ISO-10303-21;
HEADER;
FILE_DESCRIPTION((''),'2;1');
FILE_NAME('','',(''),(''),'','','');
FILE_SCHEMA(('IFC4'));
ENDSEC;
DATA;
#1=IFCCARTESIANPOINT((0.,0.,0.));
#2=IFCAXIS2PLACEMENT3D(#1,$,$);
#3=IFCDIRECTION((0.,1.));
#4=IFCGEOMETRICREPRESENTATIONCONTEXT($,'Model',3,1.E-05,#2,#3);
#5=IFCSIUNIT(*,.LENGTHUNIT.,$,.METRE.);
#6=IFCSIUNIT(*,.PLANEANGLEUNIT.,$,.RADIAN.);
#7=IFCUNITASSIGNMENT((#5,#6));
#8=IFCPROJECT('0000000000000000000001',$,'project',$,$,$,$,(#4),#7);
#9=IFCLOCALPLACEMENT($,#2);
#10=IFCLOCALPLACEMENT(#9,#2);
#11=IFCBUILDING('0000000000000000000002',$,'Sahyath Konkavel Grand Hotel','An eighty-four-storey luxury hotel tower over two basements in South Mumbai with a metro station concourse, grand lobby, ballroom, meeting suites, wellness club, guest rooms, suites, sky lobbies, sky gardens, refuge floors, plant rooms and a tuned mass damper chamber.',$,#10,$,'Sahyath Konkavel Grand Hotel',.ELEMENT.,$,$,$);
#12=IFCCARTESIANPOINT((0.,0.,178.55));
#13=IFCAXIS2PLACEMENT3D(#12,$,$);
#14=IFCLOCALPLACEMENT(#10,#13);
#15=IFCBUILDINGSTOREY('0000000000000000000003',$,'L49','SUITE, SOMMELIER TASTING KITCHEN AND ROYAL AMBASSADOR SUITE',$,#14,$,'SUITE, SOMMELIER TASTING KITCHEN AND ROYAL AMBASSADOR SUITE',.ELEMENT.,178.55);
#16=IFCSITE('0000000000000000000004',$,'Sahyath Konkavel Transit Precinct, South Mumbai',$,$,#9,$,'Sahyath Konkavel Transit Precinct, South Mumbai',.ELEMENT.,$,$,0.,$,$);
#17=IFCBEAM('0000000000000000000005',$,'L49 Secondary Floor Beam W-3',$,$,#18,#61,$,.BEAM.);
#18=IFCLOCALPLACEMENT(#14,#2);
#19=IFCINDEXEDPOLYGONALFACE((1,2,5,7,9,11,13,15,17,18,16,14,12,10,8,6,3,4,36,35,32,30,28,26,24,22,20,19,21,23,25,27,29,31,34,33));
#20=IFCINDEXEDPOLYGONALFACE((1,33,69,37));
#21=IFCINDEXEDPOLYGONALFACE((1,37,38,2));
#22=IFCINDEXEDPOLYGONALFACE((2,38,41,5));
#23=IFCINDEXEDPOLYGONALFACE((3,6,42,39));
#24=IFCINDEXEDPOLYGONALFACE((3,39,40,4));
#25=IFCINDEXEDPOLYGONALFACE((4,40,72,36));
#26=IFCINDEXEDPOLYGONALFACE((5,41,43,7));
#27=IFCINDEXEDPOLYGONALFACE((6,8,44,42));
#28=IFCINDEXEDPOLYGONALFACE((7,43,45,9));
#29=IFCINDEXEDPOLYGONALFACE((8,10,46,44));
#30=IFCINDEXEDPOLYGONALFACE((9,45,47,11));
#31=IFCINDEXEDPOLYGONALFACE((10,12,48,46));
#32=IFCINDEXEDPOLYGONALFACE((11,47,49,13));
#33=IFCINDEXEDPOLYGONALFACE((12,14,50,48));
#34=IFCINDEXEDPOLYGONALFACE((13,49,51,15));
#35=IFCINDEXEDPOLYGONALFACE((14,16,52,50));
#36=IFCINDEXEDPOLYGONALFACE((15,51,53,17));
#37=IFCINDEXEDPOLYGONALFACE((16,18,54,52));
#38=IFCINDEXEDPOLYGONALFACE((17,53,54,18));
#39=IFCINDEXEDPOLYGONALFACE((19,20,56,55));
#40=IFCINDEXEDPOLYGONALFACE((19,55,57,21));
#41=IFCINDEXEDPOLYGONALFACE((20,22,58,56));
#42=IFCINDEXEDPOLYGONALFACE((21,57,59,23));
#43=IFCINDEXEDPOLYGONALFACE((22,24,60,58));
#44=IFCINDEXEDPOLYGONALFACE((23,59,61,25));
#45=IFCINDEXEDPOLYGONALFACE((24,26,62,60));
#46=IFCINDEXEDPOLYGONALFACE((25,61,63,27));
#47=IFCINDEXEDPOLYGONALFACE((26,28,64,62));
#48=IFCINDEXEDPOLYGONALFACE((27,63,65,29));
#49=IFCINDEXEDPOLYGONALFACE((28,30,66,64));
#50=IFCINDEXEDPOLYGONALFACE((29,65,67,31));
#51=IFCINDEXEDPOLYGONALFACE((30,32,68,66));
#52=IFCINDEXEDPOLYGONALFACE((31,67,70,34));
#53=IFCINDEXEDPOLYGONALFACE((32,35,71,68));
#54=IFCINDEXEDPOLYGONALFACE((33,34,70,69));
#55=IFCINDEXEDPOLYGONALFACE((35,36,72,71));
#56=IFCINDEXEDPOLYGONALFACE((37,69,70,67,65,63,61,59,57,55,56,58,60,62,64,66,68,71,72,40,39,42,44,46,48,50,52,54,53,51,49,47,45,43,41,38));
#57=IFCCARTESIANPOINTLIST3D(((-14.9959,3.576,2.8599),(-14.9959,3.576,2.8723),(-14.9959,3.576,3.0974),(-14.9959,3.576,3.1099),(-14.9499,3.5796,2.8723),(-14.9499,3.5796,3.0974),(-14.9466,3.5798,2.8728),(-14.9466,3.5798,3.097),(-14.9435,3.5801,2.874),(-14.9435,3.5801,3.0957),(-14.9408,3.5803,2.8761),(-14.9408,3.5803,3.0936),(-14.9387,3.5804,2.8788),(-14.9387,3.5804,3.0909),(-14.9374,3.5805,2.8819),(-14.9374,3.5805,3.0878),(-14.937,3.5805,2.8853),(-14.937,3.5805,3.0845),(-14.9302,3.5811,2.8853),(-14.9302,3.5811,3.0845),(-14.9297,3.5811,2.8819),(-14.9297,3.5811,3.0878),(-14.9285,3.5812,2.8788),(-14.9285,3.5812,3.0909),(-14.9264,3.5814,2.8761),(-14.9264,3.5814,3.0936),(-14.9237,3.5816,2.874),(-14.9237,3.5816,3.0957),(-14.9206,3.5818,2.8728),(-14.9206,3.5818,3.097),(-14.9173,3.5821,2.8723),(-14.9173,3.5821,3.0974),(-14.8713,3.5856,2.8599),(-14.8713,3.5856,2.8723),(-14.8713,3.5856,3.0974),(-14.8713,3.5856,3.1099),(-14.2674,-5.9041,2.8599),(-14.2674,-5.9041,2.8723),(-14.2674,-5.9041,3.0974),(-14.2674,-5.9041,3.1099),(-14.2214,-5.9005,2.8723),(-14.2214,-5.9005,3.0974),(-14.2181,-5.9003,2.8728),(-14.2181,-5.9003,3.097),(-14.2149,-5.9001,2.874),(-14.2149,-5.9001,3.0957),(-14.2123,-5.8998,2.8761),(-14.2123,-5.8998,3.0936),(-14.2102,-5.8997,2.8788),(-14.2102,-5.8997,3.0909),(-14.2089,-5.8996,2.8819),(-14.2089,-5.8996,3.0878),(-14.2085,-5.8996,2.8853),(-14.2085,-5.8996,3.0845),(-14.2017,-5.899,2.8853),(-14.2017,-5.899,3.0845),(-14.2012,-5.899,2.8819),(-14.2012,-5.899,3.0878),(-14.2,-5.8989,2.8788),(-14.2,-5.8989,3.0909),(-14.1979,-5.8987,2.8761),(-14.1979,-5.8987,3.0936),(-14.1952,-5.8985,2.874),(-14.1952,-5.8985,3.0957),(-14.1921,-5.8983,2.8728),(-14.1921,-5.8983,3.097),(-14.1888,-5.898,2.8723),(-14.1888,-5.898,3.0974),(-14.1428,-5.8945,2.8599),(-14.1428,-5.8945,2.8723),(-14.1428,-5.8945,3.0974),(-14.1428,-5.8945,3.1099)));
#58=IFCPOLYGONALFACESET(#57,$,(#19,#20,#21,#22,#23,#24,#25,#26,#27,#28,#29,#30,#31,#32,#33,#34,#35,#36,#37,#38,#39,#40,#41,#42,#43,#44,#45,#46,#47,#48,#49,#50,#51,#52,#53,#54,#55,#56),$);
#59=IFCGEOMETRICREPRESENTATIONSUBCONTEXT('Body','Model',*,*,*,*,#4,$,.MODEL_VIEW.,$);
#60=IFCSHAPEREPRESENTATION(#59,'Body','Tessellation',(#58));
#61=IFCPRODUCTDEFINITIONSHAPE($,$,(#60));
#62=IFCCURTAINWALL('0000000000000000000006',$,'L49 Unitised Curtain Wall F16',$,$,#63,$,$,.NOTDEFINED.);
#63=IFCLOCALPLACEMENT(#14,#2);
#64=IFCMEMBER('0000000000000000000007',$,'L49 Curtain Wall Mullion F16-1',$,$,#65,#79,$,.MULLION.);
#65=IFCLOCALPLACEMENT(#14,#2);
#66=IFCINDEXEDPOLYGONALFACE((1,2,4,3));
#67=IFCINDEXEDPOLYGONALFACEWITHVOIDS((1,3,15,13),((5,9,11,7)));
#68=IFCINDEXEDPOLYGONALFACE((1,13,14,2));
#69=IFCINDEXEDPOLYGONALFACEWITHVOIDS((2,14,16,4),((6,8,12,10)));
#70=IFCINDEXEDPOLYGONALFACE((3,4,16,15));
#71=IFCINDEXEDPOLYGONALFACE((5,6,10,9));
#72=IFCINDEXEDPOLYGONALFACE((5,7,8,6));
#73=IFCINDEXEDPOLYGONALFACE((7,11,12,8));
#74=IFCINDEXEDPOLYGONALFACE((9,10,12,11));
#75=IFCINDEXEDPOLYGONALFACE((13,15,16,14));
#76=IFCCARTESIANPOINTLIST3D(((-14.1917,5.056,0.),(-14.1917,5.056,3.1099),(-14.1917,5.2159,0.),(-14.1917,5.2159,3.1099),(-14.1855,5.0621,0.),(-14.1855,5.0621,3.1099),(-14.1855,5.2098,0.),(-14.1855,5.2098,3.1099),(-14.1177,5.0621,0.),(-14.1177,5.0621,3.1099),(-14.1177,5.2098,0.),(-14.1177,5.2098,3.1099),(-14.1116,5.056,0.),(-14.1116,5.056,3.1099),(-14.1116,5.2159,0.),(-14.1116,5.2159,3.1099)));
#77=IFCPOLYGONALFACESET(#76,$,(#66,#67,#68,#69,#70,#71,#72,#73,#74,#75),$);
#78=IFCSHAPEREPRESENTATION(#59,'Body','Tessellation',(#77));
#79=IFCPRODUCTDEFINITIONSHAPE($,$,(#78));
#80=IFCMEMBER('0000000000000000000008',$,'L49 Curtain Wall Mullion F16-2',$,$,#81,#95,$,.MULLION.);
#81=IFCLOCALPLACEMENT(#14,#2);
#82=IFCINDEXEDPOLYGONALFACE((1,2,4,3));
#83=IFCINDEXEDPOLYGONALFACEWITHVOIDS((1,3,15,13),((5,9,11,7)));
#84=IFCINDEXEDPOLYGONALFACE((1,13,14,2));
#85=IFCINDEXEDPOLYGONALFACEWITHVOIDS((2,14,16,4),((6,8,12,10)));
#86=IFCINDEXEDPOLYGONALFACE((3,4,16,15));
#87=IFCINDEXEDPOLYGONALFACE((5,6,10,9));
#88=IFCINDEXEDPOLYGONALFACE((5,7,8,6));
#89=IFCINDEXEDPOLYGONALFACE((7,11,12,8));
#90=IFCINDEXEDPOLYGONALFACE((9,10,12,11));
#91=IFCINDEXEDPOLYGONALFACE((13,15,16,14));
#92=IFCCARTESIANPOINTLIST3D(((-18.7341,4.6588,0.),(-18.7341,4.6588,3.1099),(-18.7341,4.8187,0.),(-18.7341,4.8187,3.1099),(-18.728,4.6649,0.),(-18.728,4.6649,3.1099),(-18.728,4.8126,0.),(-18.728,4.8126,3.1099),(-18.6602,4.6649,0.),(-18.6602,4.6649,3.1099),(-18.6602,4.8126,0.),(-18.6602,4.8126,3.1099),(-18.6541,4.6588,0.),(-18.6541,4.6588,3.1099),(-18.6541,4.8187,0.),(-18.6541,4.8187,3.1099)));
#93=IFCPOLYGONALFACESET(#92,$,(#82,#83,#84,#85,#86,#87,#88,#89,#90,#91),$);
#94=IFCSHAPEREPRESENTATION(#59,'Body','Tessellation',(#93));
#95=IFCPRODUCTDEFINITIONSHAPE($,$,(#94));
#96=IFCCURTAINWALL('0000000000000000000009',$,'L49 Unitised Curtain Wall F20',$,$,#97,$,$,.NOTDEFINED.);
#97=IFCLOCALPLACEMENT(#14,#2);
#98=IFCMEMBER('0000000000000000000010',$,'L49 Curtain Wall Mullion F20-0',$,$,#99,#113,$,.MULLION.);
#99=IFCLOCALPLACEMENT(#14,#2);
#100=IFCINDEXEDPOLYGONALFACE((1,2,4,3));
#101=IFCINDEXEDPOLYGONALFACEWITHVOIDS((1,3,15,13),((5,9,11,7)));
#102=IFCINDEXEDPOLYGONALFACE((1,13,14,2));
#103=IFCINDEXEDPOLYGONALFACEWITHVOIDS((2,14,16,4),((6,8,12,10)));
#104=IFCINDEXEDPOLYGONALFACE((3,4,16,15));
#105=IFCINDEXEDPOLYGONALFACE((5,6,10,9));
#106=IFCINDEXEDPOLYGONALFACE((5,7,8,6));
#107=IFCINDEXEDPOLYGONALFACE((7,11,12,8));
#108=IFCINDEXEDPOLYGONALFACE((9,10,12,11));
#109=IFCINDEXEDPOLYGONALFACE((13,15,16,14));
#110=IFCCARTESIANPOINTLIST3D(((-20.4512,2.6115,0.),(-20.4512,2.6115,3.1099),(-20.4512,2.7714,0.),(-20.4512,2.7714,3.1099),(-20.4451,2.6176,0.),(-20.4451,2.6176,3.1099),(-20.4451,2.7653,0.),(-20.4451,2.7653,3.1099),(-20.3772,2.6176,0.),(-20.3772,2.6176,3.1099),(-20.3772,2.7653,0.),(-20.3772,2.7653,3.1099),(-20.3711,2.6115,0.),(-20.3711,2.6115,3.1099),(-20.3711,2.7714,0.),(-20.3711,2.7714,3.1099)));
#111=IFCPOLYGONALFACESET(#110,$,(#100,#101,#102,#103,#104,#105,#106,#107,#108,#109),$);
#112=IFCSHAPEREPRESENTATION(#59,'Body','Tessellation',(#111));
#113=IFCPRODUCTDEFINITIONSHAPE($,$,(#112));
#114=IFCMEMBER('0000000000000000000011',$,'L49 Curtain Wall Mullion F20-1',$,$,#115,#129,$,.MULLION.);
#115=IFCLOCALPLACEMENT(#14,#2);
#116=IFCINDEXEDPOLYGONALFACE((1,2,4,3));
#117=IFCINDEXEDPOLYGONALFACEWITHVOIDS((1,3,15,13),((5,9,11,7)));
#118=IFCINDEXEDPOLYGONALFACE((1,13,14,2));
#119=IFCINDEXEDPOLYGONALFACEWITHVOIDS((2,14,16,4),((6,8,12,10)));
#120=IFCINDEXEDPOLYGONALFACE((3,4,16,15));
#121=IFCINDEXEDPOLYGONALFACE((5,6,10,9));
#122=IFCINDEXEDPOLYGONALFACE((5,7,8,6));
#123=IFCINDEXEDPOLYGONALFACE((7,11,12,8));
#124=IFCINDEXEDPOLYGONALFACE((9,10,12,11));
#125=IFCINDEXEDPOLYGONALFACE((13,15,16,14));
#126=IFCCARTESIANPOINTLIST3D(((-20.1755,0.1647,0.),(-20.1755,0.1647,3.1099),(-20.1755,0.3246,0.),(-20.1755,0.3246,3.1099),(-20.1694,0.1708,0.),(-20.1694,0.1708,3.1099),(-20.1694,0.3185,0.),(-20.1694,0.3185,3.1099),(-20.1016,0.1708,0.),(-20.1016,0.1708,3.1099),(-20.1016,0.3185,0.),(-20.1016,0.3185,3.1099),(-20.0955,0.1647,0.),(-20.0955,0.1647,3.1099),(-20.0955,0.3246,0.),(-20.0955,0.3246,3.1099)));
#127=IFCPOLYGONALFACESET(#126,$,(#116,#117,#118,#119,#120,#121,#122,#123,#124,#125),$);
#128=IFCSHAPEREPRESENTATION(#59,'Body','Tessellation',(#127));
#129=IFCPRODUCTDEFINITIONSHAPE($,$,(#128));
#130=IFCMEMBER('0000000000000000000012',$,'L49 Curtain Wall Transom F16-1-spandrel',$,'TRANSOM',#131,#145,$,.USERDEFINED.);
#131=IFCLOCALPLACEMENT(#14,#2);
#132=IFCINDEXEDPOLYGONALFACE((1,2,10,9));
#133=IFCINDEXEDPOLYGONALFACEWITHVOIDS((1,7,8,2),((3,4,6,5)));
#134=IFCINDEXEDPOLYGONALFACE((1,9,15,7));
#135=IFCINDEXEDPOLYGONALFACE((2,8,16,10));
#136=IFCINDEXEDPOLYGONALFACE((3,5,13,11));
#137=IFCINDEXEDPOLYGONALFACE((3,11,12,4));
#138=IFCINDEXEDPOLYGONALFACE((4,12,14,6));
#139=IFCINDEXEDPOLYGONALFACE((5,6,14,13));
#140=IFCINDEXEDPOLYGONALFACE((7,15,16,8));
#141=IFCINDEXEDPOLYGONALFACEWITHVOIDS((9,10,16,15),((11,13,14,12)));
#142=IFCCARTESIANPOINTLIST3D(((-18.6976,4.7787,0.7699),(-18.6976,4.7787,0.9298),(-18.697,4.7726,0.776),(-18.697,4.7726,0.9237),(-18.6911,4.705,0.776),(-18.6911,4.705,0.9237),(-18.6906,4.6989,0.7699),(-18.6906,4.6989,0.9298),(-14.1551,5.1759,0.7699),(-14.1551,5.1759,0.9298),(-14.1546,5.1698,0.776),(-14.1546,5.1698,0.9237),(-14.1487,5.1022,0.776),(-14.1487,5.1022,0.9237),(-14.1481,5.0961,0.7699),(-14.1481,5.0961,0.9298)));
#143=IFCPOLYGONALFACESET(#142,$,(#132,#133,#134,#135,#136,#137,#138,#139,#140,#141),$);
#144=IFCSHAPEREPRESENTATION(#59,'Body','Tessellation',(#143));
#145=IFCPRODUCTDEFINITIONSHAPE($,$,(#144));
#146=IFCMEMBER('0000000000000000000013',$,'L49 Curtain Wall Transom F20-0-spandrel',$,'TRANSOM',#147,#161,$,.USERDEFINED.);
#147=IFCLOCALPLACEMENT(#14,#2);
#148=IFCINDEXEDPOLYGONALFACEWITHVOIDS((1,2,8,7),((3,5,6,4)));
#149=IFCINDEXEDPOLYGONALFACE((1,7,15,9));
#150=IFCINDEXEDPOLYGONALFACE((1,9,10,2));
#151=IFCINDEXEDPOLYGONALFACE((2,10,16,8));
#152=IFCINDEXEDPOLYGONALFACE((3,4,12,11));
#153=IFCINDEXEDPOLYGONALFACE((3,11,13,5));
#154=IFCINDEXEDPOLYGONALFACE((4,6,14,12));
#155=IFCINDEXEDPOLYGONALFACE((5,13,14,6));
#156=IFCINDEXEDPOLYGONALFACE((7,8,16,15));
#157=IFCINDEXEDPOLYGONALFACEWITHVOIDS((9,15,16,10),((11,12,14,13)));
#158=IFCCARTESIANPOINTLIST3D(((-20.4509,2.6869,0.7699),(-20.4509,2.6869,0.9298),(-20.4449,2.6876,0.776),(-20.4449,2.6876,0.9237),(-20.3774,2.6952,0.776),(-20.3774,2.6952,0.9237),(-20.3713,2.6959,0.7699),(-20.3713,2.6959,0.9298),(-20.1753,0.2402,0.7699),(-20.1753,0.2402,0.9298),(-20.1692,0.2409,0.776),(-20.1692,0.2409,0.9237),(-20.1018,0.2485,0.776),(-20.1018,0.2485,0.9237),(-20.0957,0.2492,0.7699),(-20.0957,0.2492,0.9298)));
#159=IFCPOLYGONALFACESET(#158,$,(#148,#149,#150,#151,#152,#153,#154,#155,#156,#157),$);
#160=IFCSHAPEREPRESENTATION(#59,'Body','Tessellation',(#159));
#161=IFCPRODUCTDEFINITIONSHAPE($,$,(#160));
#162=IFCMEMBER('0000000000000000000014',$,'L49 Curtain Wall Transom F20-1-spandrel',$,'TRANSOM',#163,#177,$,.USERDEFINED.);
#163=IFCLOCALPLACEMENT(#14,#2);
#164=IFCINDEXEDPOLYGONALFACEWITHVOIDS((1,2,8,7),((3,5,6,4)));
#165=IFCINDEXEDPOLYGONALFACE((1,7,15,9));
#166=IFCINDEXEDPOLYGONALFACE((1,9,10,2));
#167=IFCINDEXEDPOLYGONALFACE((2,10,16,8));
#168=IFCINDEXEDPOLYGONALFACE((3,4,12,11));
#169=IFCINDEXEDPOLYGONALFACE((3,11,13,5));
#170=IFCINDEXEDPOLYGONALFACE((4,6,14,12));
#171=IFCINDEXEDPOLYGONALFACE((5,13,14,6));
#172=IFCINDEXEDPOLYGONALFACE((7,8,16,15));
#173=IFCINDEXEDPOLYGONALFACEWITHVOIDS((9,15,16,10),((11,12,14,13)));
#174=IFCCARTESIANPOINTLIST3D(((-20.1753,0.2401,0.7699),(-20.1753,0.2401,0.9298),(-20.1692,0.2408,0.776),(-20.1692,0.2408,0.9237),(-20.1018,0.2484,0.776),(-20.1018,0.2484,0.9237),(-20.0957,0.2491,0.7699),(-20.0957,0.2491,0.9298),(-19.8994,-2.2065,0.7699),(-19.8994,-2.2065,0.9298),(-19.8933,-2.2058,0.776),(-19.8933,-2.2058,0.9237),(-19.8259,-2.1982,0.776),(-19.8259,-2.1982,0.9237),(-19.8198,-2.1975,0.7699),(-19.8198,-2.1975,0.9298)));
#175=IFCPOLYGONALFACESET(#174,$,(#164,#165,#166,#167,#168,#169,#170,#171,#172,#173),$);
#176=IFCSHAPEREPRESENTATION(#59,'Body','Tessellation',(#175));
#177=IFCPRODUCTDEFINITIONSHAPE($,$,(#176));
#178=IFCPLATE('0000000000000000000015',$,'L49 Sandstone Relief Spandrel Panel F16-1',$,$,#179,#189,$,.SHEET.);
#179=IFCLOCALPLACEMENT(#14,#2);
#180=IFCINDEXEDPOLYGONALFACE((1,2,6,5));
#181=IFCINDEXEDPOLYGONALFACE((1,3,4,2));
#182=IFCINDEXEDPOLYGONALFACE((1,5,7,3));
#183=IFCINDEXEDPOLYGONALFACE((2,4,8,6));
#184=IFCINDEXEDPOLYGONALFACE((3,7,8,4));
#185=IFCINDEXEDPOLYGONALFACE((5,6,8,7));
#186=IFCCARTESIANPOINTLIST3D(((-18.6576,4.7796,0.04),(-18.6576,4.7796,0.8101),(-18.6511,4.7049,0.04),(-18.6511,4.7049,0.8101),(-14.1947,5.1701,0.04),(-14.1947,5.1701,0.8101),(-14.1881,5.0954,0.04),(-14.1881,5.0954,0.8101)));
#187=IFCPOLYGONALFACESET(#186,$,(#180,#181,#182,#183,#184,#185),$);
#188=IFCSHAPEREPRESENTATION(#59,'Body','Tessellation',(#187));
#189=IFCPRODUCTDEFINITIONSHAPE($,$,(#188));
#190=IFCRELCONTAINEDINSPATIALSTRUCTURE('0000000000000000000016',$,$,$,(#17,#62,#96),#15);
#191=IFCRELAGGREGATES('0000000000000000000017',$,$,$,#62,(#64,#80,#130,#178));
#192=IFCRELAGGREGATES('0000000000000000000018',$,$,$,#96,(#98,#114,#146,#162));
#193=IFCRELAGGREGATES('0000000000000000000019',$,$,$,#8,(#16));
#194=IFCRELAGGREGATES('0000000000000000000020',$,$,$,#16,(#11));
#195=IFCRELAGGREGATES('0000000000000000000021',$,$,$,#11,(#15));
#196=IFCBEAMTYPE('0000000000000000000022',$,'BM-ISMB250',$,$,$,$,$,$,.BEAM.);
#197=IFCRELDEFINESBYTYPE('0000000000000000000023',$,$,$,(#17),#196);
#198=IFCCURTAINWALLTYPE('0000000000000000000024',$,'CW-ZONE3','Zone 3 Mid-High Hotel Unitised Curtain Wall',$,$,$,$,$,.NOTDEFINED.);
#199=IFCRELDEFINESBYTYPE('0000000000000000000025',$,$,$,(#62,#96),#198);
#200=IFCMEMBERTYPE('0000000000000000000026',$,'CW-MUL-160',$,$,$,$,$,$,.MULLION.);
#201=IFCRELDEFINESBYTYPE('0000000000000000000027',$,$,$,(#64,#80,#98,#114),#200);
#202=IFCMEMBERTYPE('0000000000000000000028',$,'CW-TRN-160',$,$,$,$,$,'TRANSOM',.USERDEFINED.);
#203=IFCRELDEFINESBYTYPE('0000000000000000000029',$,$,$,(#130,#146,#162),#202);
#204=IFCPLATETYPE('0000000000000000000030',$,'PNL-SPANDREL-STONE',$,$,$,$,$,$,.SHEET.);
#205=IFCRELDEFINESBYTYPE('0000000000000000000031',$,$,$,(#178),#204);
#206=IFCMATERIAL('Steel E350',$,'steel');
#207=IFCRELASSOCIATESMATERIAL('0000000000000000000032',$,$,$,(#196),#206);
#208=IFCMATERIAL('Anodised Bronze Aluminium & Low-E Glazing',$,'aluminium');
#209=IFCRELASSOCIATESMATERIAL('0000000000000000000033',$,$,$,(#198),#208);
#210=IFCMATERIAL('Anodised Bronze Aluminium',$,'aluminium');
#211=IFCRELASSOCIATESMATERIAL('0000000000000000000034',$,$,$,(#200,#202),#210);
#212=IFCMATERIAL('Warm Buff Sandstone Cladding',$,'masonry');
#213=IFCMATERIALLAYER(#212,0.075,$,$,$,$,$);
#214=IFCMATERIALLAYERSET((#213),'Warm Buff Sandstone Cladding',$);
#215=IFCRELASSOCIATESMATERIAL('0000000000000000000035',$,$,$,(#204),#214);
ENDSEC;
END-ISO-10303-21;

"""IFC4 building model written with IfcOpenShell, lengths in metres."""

from ifc_helpers import new_model, si_unit, direction, frame, origin, origin_2d, place, context, subcontext, project, spatial, rectangle, hollow_rectangle, i_section, extrude, source, transform, mapped, material, layer, layer_set, material_profile, profile_set, type_object, element, aggregate, save


model = new_model("IFC4")

# Units and contexts
model_context = context("Model", 3, precision=1e-05, world=origin(), true_north=direction((0.0, 1.0)))
body_context = subcontext(model_context, "Body", "Model", "MODEL_VIEW")
ifc_project = project(units=[si_unit("LENGTHUNIT", "METRE"), si_unit("PLANEANGLEUNIT", "RADIAN")], contexts=[model_context])

# Site, building, storey
site_placement = place(None, origin())
site = spatial("IfcSite", under=ifc_project, at=site_placement, Name="Sahyath Konkavel Transit Precinct, South Mumbai", LongName="Sahyath Konkavel Transit Precinct, South Mumbai", CompositionType="ELEMENT", RefElevation=0.0)
building_placement = place(site_placement, origin())
building = spatial("IfcBuilding", under=site, at=building_placement, Name="Sahyath Konkavel Grand Hotel", Description="An eighty-four-storey luxury hotel tower over two basements in South Mumbai with a metro station concourse, grand lobby, ballroom, meeting suites, wellness club, guest rooms, suites, sky lobbies, sky gardens, refuge floors, plant rooms and a tuned mass damper chamber.", LongName="Sahyath Konkavel Grand Hotel", CompositionType="ELEMENT")
storey_placement = place(building_placement, frame((0.0, 0.0, 178.55)))
storey = spatial("IfcBuildingStorey", under=building, at=storey_placement, Name="L49", Description="SUITE, SOMMELIER TASTING KITCHEN AND ROYAL AMBASSADOR SUITE", LongName="SUITE, SOMMELIER TASTING KITCHEN AND ROYAL AMBASSADOR SUITE", CompositionType="ELEMENT", Elevation=178.55)

# Beam
ifc_material_1 = material(Name="Steel E350", Category="steel")
ifc_material_profile_1 = material_profile(ifc_material_1, i_section(OverallWidth=0.125, OverallDepth=0.25, WebThickness=0.0068, FlangeThickness=0.0125, FilletRadius=0.0129, at=origin_2d()), Name="ISMB 250")
ifc_profile_set_1 = profile_set([ifc_material_profile_1], Name="Steel E350")
beam_type_1 = type_object("IfcBeamType", Name="BM-ISMB250", PredefinedType="BEAM", material=ifc_profile_set_1)
shared_shape_1 = source(origin(), body_context, "Body", "SweptSolid", [
    extrude(i_section(OverallWidth=0.125, OverallDepth=0.25, WebThickness=0.0068, FlangeThickness=0.0125, FilletRadius=0.0129, at=origin_2d()), origin(), (0.0, 0.0, 1.0), 9.5081),
])
beam_1_placement = place(storey_placement, frame((-14.9336, 3.5808, 2.9849), z_axis=(0.07662, -0.99706, 0.0), x_axis=(0.99706, 0.07662, 0.0)))
element("IfcBeam", 1, at=beam_1_placement, inside=storey, type_object=beam_type_1, Name="L49 Secondary Floor Beam W-3", PredefinedType="BEAM", context=body_context, shape_type="MappedRepresentation", body=[
    mapped(shared_shape_1, transform((0.0, 0.0, 0.0), scale=1.0)),
])

# Curtain walls, members
ifc_material_2 = material(Name="Anodised Bronze Aluminium & Low-E Glazing", Category="aluminium")
curtain_wall_type = type_object("IfcCurtainWallType", Name="CW-ZONE3", Description="Zone 3 Mid-High Hotel Unitised Curtain Wall", PredefinedType="NOTDEFINED", material=ifc_material_2)
curtain_wall_1_placement = place(storey_placement, origin())
curtain_wall_1 = element("IfcCurtainWall", 2, at=curtain_wall_1_placement, inside=storey, type_object=curtain_wall_type, Name="L49 Unitised Curtain Wall F16", PredefinedType="NOTDEFINED")
ifc_material_3 = material(Name="Anodised Bronze Aluminium", Category="aluminium")
ifc_material_profile_2 = material_profile(ifc_material_3, hollow_rectangle(XDim=0.0801, YDim=0.1599, WallThickness=0.0061, at=origin_2d()), Name="RHS 160x80x6")
ifc_profile_set_2 = profile_set([ifc_material_profile_2], Name="Anodised Bronze Aluminium")
member_type_1 = type_object("IfcMemberType", Name="CW-MUL-160", PredefinedType="MULLION", material=ifc_profile_set_2)
shared_shape_2 = source(origin(), body_context, "Body", "SweptSolid", [
    extrude(hollow_rectangle(XDim=0.0801, YDim=0.1599, WallThickness=0.0061, at=origin_2d()), origin(), (0.0, 0.0, 1.0), 3.1099),
])
member_1_placement = place(storey_placement, frame((-14.1516, 5.136, 0.0), z_axis=(0.0, 0.0, 1.0), x_axis=(1.0, 0.0, 0.0)))
member_1 = element("IfcMember", 3, at=member_1_placement, type_object=member_type_1, Name="L49 Curtain Wall Mullion F16-1", PredefinedType="MULLION", context=body_context, shape_type="MappedRepresentation", body=[
    mapped(shared_shape_2, transform((0.0, 0.0, 0.0), scale=1.0)),
])
member_2_placement = place(storey_placement, frame((-18.6941, 4.7388, 0.0), z_axis=(0.0, 0.0, 1.0), x_axis=(1.0, 0.0, 0.0)))
member_2 = element("IfcMember", 4, at=member_2_placement, type_object=member_type_1, Name="L49 Curtain Wall Mullion F16-2", PredefinedType="MULLION", context=body_context, shape_type="MappedRepresentation", body=[
    mapped(shared_shape_2, transform((0.0, 0.0, 0.0), scale=1.0)),
])
curtain_wall_2_placement = place(storey_placement, origin())
curtain_wall_2 = element("IfcCurtainWall", 5, at=curtain_wall_2_placement, inside=storey, type_object=curtain_wall_type, Name="L49 Unitised Curtain Wall F20", PredefinedType="NOTDEFINED")
member_3_placement = place(storey_placement, frame((-20.4111, 2.6914, 0.0), z_axis=(0.0, 0.0, 1.0), x_axis=(1.0, 0.0, 0.0)))
member_3 = element("IfcMember", 6, at=member_3_placement, type_object=member_type_1, Name="L49 Curtain Wall Mullion F20-0", PredefinedType="MULLION", context=body_context, shape_type="MappedRepresentation", body=[
    mapped(shared_shape_2, transform((0.0, 0.0, 0.0), scale=1.0)),
])
member_4_placement = place(storey_placement, frame((-20.1355, 0.2446, 0.0), z_axis=(0.0, 0.0, 1.0), x_axis=(1.0, 0.0, 0.0)))
member_4 = element("IfcMember", 7, at=member_4_placement, type_object=member_type_1, Name="L49 Curtain Wall Mullion F20-1", PredefinedType="MULLION", context=body_context, shape_type="MappedRepresentation", body=[
    mapped(shared_shape_2, transform((0.0, 0.0, 0.0), scale=1.0)),
])

# Members
ifc_material_profile_3 = material_profile(ifc_material_3, hollow_rectangle(XDim=0.0801, YDim=0.1599, WallThickness=0.0061, at=origin_2d()), Name="RHS 160x80x6")
ifc_profile_set_3 = profile_set([ifc_material_profile_3], Name="Anodised Bronze Aluminium")
member_type_2 = type_object("IfcMemberType", Name="CW-TRN-160", ElementType="TRANSOM", PredefinedType="USERDEFINED", material=ifc_profile_set_3)
shared_shape_3 = source(origin(), body_context, "Body", "SweptSolid", [
    extrude(hollow_rectangle(XDim=0.0801, YDim=0.1599, WallThickness=0.0061, at=origin_2d()), origin(), (0.0, 0.0, 1.0), 4.5598),
])
member_5_placement = place(storey_placement, frame((-14.1516, 5.136, 0.8499), z_axis=(-0.996198, -0.087112, 0.0), x_axis=(0.087112, -0.996198, 0.0)))
member_5 = element("IfcMember", 8, at=member_5_placement, type_object=member_type_2, Name="L49 Curtain Wall Transom F16-1-spandrel", ObjectType="TRANSOM", PredefinedType="USERDEFINED", context=body_context, shape_type="MappedRepresentation", body=[
    mapped(shared_shape_3, transform((0.0, 0.0, 0.0), scale=1.0)),
])
shared_shape_4 = source(origin(), body_context, "Body", "SweptSolid", [
    extrude(hollow_rectangle(XDim=0.0801, YDim=0.1599, WallThickness=0.0061, at=origin_2d()), origin(), (0.0, 0.0, 1.0), 2.4622),
])
member_6_placement = place(storey_placement, frame((-20.4111, 2.6914, 0.8499), z_axis=(0.111944, -0.993715, 0.0), x_axis=(0.993715, 0.111944, 0.0)))
member_6 = element("IfcMember", 9, at=member_6_placement, type_object=member_type_2, Name="L49 Curtain Wall Transom F20-0-spandrel", ObjectType="TRANSOM", PredefinedType="USERDEFINED", context=body_context, shape_type="MappedRepresentation", body=[
    mapped(shared_shape_4, transform((0.0, 0.0, 0.0), scale=1.0)),
])
member_7_placement = place(storey_placement, frame((-20.1355, 0.2446, 0.8499), z_axis=(0.112053, -0.993702, 0.0), x_axis=(0.993702, 0.112053, 0.0)))
member_7 = element("IfcMember", 10, at=member_7_placement, type_object=member_type_2, Name="L49 Curtain Wall Transom F20-1-spandrel", ObjectType="TRANSOM", PredefinedType="USERDEFINED", context=body_context, shape_type="MappedRepresentation", body=[
    mapped(shared_shape_4, transform((0.0, 0.0, 0.0), scale=1.0)),
])

# Plate
ifc_material_4 = material(Name="Warm Buff Sandstone Cladding", Category="masonry")
ifc_layer_1 = layer(ifc_material_4, 0.075)
ifc_layer_set_1 = layer_set([ifc_layer_1], Name="Warm Buff Sandstone Cladding")
plate_type_1 = type_object("IfcPlateType", Name="PNL-SPANDREL-STONE", PredefinedType="SHEET", material=ifc_layer_set_1)
shared_shape_5 = source(origin(), body_context, "Body", "SweptSolid", [
    extrude(rectangle(XDim=4.48, YDim=0.075, at=origin_2d()), origin(), (0.0, 0.0, 1.0), 0.77),
])
plate_1_placement = place(storey_placement, frame((-16.4229, 4.9375, 0.04), z_axis=(0.0, 0.0, 1.0), x_axis=(-0.996195, -0.087156, 0.0)))
plate_1 = element("IfcPlate", 11, at=plate_1_placement, type_object=plate_type_1, Name="L49 Sandstone Relief Spandrel Panel F16-1", PredefinedType="SHEET", context=body_context, shape_type="MappedRepresentation", body=[
    mapped(shared_shape_5, transform((0.0, 0.0, 0.0), scale=1.0)),
])
aggregate(curtain_wall_1, [member_1, member_2, member_5, plate_1])
aggregate(curtain_wall_2, [member_3, member_4, member_6, member_7])

save(model, "model.ifc")
